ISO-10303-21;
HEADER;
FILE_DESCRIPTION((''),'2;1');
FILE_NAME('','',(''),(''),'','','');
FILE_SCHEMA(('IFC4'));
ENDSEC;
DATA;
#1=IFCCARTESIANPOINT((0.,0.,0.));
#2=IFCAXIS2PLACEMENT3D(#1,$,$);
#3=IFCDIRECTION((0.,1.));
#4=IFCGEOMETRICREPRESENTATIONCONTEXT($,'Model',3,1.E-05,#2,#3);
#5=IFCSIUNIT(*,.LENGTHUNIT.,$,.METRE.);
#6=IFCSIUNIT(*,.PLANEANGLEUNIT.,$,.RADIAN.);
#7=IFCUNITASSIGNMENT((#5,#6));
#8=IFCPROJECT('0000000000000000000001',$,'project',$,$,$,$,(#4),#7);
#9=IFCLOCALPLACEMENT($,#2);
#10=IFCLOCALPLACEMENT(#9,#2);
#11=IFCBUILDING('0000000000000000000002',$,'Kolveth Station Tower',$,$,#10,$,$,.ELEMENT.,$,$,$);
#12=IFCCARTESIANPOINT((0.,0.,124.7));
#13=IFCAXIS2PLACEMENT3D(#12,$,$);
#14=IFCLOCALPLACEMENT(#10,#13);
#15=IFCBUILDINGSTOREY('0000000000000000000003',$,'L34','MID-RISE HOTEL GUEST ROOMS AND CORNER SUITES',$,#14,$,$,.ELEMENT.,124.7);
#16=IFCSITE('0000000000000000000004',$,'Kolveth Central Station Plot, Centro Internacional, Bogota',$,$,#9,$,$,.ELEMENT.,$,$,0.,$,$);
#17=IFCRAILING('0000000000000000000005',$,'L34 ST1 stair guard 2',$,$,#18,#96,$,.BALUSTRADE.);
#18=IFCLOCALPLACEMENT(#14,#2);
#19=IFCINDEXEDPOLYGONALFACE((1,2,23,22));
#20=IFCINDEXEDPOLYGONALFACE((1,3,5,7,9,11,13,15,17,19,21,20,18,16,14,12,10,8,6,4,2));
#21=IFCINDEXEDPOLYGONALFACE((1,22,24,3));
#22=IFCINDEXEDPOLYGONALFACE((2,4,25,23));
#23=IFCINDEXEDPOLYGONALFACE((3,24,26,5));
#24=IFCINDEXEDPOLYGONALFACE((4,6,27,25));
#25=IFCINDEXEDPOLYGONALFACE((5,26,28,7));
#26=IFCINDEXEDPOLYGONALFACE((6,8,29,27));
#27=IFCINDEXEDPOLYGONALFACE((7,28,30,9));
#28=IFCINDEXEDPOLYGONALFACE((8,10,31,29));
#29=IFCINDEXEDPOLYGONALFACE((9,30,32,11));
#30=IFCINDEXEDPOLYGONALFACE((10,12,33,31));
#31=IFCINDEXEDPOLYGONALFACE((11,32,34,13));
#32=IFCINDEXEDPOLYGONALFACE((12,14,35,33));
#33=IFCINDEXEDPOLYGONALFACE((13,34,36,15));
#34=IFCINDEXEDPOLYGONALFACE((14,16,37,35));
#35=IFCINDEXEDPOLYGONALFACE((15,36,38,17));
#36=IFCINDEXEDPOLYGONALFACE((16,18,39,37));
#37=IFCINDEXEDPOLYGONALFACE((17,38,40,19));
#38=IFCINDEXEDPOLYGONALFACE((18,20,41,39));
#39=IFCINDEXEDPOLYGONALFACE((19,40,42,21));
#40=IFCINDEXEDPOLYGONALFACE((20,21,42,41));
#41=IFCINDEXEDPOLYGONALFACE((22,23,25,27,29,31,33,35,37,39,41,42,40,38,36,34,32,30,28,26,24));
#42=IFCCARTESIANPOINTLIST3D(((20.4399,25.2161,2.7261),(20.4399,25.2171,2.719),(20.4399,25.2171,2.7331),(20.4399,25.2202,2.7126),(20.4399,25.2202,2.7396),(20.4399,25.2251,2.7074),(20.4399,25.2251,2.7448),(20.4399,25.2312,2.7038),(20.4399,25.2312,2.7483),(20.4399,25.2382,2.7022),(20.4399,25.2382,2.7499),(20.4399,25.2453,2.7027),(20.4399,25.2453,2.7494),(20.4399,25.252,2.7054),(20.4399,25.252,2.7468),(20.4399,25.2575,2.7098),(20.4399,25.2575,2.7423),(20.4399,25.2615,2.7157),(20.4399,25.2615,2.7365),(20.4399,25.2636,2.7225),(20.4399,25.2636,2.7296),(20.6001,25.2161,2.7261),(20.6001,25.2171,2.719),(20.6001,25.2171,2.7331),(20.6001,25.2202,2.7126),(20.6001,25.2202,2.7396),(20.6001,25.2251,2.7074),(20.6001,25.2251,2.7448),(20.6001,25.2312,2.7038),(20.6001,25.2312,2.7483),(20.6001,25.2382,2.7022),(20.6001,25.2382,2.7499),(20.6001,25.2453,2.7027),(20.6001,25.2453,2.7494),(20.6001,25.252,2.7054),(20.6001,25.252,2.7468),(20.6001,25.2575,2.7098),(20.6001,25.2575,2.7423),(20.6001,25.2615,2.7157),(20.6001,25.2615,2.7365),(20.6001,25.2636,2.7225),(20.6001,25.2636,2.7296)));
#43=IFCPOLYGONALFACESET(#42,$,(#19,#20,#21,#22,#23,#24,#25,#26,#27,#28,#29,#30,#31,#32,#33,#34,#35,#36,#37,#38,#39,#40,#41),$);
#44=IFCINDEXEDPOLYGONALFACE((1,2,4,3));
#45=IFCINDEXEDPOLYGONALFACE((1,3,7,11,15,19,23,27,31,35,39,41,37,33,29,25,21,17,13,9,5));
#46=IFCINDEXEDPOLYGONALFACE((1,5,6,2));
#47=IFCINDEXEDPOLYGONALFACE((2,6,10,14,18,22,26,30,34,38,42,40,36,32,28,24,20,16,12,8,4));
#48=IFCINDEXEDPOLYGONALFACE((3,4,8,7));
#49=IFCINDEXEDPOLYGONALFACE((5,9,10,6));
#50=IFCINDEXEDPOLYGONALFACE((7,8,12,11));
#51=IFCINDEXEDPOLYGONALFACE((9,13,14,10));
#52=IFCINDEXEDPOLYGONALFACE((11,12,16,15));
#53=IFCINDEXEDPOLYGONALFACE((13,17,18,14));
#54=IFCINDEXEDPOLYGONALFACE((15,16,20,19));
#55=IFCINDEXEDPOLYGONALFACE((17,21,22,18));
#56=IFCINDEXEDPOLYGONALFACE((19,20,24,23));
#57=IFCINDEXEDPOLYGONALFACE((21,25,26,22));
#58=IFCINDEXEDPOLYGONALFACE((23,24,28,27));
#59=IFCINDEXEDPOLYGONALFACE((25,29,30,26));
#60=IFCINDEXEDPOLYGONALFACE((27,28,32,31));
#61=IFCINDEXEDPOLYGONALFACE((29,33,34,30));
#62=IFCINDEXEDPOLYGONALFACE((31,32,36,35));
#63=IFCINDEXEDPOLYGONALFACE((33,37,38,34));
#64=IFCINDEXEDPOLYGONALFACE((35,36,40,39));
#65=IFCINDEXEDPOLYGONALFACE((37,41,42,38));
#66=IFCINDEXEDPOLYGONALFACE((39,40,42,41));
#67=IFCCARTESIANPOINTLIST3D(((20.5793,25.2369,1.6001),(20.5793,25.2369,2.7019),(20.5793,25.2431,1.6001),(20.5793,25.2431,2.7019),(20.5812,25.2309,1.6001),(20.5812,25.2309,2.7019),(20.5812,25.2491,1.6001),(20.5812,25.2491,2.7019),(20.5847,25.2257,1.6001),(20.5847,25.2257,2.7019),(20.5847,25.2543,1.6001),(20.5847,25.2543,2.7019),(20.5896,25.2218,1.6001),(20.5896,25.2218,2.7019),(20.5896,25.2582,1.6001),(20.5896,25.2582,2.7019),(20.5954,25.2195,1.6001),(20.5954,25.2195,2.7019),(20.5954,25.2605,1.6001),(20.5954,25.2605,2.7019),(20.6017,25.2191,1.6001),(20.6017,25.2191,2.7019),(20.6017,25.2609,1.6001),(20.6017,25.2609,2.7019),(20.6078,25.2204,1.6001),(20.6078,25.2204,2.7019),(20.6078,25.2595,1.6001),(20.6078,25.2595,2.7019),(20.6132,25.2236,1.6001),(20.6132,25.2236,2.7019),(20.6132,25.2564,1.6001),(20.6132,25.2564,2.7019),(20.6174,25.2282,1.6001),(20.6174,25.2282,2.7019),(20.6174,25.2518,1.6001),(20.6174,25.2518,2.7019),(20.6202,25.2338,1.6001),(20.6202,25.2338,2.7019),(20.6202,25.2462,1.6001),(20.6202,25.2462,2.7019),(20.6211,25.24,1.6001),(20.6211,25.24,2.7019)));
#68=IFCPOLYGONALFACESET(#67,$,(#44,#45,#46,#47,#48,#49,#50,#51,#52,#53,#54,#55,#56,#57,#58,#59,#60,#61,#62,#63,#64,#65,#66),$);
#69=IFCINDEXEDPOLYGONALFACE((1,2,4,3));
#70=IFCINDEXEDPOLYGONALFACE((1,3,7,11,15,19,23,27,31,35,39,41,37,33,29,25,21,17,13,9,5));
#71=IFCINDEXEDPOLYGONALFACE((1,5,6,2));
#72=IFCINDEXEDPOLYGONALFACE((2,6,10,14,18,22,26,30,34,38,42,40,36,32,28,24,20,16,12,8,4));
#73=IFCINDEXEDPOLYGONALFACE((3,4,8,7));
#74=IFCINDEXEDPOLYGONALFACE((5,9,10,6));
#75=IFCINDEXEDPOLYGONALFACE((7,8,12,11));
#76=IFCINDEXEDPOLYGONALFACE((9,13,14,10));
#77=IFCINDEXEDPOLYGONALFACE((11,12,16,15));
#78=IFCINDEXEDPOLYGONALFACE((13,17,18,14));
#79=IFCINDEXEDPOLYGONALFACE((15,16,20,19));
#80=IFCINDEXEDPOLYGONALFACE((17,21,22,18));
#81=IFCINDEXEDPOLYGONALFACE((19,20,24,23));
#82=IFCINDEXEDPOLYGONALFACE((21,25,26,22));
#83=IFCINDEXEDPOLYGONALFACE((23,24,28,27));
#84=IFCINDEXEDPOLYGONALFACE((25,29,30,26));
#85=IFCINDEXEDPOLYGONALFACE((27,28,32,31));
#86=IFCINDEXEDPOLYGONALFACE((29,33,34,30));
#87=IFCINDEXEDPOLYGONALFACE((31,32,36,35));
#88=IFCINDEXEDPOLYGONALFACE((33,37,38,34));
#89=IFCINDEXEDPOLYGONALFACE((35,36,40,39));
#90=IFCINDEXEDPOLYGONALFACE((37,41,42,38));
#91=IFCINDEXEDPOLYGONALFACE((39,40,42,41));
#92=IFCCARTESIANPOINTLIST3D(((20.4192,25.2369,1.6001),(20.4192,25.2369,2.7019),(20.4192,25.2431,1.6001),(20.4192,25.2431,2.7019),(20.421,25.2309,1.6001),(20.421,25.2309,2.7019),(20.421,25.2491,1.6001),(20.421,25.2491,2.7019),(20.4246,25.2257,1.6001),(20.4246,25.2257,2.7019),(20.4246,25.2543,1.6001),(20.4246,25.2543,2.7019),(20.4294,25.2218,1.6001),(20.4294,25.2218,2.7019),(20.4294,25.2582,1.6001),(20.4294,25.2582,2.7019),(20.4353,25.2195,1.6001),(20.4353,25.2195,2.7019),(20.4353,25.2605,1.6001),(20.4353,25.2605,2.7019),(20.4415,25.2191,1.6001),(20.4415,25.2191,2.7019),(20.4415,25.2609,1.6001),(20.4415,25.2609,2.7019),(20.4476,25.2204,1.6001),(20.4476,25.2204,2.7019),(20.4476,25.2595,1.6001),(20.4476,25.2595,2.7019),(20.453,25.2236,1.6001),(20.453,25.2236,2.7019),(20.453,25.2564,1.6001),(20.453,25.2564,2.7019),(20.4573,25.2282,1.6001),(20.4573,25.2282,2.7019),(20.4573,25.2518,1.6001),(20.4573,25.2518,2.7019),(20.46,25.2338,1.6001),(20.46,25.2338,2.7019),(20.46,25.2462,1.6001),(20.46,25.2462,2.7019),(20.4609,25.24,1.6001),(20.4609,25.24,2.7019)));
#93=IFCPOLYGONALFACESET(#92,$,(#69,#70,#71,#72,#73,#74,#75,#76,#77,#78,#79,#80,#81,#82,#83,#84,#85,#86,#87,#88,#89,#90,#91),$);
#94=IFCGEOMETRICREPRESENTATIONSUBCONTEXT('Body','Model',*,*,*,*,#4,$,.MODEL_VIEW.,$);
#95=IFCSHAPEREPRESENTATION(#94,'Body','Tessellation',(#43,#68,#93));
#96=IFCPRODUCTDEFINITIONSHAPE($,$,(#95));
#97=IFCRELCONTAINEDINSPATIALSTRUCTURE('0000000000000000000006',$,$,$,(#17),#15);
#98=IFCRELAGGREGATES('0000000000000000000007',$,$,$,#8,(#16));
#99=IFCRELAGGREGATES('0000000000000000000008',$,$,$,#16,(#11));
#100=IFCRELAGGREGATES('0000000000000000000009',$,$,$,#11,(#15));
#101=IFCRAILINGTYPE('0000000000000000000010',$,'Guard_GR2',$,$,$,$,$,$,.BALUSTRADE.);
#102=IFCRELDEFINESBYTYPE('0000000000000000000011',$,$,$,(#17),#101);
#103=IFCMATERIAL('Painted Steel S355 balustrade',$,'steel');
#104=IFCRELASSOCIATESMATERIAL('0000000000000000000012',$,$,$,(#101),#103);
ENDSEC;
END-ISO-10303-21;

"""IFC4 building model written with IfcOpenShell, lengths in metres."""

from ifc_helpers import new_model, si_unit, direction, frame, origin, origin_2d, place, context, subcontext, project, spatial, circle, extrude, material, type_object, element, save


model = new_model("IFC4")

# Units and contexts
model_context = context("Model", 3, precision=1e-05, world=origin(), true_north=direction((0.0, 1.0)))
body_context = subcontext(model_context, "Body", "Model", "MODEL_VIEW")
ifc_project = project(units=[si_unit("LENGTHUNIT", "METRE"), si_unit("PLANEANGLEUNIT", "RADIAN")], contexts=[model_context])

# Site, building, storey
site_placement = place(None, origin())
site = spatial("IfcSite", under=ifc_project, at=site_placement, Name="Kolveth Central Station Plot, Centro Internacional, Bogota", CompositionType="ELEMENT", RefElevation=0.0)
building_placement = place(site_placement, origin())
building = spatial("IfcBuilding", under=site, at=building_placement, Name="Kolveth Station Tower", CompositionType="ELEMENT")
storey_placement = place(building_placement, frame((0.0, 0.0, 124.7)))
storey = spatial("IfcBuildingStorey", under=building, at=storey_placement, Name="L34", Description="MID-RISE HOTEL GUEST ROOMS AND CORNER SUITES", CompositionType="ELEMENT", Elevation=124.7)

# Railing
ifc_material_1 = material(Name="Painted Steel S355 balustrade", Category="steel")
railing_type_1 = type_object("IfcRailingType", Name="Guard_GR2", PredefinedType="BALUSTRADE", material=ifc_material_1)
railing_1_placement = place(storey_placement, frame((20.6001, 25.24, 1.6001)))
element("IfcRailing", 1, at=railing_1_placement, inside=storey, type_object=railing_type_1, Name="L34 ST1 stair guard 2", PredefinedType="BALUSTRADE", context=body_context, shape_type="SweptSolid", body=[
    extrude(circle(Radius=0.0239, at=origin_2d()), frame((0.0, 0.0, 1.126), z_axis=(-1.0, 0.0, 0.0), x_axis=(0.0, -1.0, 0.0)), (0.0, 0.0, 1.0), 0.1602),
    extrude(circle(Radius=0.021, at=origin_2d()), origin(), (0.0, 0.0, 1.0), 1.1018),
    extrude(circle(Radius=0.021, at=origin_2d()), frame((-0.1602, 0.0, 0.0)), (0.0, 0.0, 1.0), 1.1018),
])

save(model, "model.ifc")
